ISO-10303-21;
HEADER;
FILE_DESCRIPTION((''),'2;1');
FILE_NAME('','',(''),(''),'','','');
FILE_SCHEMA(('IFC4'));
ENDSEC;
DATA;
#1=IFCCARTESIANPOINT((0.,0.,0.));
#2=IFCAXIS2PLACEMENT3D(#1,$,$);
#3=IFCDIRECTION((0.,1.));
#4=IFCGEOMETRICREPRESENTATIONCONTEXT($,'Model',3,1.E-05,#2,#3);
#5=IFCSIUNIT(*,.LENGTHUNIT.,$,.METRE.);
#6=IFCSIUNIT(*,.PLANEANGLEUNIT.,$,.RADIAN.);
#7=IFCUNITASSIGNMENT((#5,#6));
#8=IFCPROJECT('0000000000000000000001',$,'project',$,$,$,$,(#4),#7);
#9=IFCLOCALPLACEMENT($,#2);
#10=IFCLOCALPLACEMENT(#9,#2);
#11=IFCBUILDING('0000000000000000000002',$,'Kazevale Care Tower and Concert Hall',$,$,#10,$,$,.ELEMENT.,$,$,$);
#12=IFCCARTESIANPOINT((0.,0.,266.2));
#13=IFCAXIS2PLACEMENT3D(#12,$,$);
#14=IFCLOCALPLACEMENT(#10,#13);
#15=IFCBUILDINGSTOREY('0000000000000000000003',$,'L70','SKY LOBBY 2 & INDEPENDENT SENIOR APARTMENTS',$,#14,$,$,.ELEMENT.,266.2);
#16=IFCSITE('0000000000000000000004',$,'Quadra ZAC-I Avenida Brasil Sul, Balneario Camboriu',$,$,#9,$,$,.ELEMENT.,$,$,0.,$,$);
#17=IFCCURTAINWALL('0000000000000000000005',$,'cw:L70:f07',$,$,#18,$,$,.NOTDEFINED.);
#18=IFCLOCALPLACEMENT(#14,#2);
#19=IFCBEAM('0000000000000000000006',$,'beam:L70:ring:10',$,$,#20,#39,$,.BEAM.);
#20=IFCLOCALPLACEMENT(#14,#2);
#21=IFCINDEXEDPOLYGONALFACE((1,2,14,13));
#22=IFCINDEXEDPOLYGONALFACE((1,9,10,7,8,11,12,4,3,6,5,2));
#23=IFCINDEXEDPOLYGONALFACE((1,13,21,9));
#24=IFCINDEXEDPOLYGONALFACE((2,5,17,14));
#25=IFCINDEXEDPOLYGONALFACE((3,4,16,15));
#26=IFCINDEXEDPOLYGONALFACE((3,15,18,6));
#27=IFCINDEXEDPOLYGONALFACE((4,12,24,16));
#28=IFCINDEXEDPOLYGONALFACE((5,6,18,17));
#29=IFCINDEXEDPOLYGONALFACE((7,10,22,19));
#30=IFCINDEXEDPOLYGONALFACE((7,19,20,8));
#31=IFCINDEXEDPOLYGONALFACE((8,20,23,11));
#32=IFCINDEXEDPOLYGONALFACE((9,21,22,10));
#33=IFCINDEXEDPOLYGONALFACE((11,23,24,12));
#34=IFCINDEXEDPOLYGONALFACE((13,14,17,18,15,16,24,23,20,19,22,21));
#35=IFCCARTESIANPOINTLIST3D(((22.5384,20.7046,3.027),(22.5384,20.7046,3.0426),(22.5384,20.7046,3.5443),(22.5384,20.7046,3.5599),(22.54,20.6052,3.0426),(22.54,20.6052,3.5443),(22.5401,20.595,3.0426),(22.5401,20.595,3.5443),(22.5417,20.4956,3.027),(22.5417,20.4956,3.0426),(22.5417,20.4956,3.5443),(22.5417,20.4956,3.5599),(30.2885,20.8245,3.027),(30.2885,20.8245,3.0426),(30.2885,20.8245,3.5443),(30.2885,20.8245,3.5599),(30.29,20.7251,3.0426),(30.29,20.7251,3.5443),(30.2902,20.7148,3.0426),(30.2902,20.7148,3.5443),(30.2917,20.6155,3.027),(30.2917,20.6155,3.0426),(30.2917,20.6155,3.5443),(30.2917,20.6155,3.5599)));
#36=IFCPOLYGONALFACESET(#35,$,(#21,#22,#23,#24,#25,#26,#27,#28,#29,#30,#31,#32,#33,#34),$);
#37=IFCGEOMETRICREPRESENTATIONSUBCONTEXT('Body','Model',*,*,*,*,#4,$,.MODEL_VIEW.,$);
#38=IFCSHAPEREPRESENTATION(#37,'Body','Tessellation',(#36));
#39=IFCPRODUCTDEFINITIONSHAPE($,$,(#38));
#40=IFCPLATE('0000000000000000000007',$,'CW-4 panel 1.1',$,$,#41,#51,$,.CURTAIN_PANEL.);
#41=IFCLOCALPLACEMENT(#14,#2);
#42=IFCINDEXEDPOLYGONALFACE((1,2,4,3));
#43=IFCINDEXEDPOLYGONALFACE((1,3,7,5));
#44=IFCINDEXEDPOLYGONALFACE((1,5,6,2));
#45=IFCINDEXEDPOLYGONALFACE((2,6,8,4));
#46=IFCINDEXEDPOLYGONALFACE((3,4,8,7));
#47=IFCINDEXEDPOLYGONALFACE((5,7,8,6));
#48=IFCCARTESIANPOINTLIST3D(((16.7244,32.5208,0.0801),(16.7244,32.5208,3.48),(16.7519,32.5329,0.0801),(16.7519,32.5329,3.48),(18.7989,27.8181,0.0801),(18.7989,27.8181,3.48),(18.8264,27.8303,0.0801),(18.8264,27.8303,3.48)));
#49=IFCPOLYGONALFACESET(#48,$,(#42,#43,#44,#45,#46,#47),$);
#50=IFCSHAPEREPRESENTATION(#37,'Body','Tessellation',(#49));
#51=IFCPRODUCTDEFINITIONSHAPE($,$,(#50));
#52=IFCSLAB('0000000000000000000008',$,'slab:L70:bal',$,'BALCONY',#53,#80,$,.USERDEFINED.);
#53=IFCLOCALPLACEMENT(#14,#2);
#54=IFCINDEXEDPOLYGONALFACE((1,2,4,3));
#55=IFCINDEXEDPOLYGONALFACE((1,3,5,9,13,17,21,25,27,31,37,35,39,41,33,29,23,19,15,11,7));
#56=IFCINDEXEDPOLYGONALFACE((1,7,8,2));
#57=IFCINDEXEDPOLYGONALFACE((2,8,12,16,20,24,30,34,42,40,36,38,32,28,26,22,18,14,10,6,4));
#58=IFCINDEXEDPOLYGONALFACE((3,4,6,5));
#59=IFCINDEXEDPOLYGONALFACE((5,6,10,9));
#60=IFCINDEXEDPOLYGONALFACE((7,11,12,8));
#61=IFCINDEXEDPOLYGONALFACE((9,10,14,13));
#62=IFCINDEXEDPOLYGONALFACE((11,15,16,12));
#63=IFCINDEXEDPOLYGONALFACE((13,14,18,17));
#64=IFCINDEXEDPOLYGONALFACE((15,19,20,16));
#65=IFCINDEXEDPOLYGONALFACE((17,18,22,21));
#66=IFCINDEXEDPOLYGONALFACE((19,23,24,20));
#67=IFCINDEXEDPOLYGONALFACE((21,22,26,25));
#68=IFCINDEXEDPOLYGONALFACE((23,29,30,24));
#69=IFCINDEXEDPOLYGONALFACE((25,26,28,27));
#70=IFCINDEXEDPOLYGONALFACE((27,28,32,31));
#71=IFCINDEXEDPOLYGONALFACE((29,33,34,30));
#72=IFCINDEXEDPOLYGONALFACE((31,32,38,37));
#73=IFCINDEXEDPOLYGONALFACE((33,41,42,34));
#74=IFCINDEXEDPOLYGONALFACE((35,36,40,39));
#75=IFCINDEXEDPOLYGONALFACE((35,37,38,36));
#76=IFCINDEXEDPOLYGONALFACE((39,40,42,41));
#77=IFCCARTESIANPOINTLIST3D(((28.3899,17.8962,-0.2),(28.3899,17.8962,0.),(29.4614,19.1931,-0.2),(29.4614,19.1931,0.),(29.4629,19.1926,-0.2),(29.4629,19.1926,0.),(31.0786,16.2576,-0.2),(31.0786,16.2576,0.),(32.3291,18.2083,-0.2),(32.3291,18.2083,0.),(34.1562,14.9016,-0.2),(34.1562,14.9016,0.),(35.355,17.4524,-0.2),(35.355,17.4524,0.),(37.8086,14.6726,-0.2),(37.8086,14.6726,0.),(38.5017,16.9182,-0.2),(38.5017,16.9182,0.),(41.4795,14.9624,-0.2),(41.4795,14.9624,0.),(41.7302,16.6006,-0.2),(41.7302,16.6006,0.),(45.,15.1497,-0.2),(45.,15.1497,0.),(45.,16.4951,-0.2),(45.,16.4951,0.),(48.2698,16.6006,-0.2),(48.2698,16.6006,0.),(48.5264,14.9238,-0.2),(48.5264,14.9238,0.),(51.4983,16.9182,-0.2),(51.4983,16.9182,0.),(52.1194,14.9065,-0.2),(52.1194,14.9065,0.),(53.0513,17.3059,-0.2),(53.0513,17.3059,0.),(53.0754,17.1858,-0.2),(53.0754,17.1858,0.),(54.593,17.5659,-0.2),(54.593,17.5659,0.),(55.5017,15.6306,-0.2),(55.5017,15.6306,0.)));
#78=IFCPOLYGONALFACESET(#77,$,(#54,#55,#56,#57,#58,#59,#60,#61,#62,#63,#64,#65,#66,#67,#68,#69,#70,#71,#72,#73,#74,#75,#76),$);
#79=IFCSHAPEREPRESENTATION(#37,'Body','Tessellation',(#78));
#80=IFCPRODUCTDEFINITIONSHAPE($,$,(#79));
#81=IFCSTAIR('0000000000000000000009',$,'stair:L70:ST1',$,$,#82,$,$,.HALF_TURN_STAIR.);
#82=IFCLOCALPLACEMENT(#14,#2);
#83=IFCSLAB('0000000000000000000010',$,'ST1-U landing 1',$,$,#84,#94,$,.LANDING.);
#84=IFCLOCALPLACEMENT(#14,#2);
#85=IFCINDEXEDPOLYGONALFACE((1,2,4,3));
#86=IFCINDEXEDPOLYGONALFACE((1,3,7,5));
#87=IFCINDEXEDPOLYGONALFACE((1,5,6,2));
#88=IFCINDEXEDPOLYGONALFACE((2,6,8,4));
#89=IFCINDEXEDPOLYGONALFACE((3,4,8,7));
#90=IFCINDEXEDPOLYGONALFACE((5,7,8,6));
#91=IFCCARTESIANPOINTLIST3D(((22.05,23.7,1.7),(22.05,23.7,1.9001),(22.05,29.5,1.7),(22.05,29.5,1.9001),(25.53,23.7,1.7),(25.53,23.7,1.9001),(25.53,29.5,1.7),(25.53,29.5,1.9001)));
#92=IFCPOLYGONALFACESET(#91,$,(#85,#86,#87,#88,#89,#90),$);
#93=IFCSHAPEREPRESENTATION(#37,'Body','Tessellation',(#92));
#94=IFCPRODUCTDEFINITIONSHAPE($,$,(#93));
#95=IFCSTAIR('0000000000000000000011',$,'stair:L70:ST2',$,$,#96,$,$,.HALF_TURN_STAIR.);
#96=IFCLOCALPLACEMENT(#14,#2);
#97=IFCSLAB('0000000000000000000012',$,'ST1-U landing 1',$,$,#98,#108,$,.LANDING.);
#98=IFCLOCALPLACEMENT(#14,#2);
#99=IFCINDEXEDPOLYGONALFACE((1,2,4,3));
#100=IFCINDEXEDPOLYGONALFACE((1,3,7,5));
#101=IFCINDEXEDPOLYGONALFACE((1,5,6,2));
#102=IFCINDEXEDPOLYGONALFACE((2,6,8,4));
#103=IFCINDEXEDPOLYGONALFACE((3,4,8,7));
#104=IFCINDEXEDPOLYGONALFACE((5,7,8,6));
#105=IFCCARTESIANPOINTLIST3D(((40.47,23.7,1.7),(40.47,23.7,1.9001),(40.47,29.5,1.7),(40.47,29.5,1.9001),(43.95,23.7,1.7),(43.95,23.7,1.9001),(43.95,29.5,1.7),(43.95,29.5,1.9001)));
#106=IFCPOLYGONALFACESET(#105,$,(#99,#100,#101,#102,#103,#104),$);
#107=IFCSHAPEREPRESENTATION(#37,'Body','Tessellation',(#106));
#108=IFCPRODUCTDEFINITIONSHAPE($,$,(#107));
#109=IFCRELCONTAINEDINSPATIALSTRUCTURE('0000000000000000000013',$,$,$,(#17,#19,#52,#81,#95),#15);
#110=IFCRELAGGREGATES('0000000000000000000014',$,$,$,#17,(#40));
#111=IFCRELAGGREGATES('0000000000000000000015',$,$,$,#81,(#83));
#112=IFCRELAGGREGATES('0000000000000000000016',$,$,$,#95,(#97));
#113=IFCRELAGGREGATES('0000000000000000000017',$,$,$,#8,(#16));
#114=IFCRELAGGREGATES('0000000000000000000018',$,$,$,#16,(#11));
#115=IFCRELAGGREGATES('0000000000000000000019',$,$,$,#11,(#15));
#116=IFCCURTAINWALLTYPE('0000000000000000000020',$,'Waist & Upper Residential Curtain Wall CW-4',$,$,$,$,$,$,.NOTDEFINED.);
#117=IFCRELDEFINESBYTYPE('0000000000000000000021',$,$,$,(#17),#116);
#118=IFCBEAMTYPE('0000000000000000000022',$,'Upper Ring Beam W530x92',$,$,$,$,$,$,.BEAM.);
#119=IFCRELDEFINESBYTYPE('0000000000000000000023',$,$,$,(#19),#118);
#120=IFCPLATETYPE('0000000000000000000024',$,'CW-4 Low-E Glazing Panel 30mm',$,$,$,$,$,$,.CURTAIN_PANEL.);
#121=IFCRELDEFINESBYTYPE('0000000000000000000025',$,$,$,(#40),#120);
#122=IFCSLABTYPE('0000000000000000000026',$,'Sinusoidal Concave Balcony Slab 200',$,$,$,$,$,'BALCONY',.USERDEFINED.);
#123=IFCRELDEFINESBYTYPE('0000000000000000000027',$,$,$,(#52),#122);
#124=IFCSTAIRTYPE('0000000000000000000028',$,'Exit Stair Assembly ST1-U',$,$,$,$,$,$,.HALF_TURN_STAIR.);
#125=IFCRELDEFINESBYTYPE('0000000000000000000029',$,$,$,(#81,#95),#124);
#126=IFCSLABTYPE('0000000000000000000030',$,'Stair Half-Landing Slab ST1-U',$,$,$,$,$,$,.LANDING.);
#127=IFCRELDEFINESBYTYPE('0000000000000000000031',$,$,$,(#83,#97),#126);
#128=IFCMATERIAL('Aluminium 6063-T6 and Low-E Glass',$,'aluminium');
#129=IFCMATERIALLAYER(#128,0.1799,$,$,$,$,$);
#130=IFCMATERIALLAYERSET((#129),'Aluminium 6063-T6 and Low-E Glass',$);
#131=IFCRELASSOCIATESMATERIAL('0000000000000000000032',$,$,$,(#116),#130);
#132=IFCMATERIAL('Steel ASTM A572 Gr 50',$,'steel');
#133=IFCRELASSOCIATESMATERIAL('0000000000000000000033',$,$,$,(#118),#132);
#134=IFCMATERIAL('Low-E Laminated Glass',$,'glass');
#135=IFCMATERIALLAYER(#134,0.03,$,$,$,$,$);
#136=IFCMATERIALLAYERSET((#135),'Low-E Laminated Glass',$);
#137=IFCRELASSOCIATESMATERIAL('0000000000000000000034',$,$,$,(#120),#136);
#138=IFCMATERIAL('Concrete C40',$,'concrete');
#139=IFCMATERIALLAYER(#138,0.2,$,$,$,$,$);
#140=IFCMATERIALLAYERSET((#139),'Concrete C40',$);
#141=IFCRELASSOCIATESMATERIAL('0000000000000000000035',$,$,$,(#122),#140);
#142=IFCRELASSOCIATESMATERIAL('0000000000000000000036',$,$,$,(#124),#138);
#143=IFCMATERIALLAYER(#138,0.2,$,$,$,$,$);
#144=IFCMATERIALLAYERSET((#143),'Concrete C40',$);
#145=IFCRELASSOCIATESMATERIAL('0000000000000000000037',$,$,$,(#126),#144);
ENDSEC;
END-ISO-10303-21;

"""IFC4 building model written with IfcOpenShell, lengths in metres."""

from ifc_helpers import new_model, si_unit, direction, frame, origin, origin_2d, place, context, subcontext, project, spatial, polyline, rectangle, i_section, outline, extrude, material, layer, layer_set, material_profile, profile_set, type_object, element, aggregate, save


model = new_model("IFC4")

# Units and contexts
model_context = context("Model", 3, precision=1e-05, world=origin(), true_north=direction((0.0, 1.0)))
body_context = subcontext(model_context, "Body", "Model", "MODEL_VIEW")
ifc_project = project(units=[si_unit("LENGTHUNIT", "METRE"), si_unit("PLANEANGLEUNIT", "RADIAN")], contexts=[model_context])

# Site, building, storey
site_placement = place(None, origin())
site = spatial("IfcSite", under=ifc_project, at=site_placement, Name="Quadra ZAC-I Avenida Brasil Sul, Balneario Camboriu", CompositionType="ELEMENT", RefElevation=0.0)
building_placement = place(site_placement, origin())
building = spatial("IfcBuilding", under=site, at=building_placement, Name="Kazevale Care Tower and Concert Hall", CompositionType="ELEMENT")
storey_placement = place(building_placement, frame((0.0, 0.0, 266.2)))
storey = spatial("IfcBuildingStorey", under=building, at=storey_placement, Name="L70", Description="SKY LOBBY 2 & INDEPENDENT SENIOR APARTMENTS", CompositionType="ELEMENT", Elevation=266.2)

# Curtain wall
ifc_material_1 = material(Name="Aluminium 6063-T6 and Low-E Glass", Category="aluminium")
ifc_layer_1 = layer(ifc_material_1, 0.1799)
ifc_layer_set_1 = layer_set([ifc_layer_1], Name="Aluminium 6063-T6 and Low-E Glass")
curtain_wall_type = type_object("IfcCurtainWallType", Name="Waist & Upper Residential Curtain Wall CW-4", PredefinedType="NOTDEFINED", material=ifc_layer_set_1)
curtain_wall_placement = place(storey_placement, origin())
curtain_wall = element("IfcCurtainWall", 1, at=curtain_wall_placement, inside=storey, type_object=curtain_wall_type, Name="cw:L70:f07", PredefinedType="NOTDEFINED")

# Beam
ifc_material_2 = material(Name="Steel ASTM A572 Gr 50", Category="steel")
ifc_material_profile_1 = material_profile(ifc_material_2, i_section(OverallWidth=0.209, OverallDepth=0.533, WebThickness=0.0103, FlangeThickness=0.0156, at=origin_2d()), Name="W530x92")
ifc_profile_set_1 = profile_set([ifc_material_profile_1], Name="Steel ASTM A572 Gr 50")
beam_type_1 = type_object("IfcBeamType", Name="Upper Ring Beam W530x92", PredefinedType="BEAM", material=ifc_profile_set_1)
beam_1_placement = place(storey_placement, frame((22.54, 20.6001, 3.2935), z_axis=(0.99988, 0.015466, 0.0), x_axis=(-0.015466, 0.99988, 0.0)))
element("IfcBeam", 2, at=beam_1_placement, inside=storey, type_object=beam_type_1, Name="beam:L70:ring:10", PredefinedType="BEAM", context=body_context, shape_type="SweptSolid", body=[
    extrude(i_section(OverallWidth=0.209, OverallDepth=0.533, WebThickness=0.0103, FlangeThickness=0.0156, at=origin_2d()), origin(), (0.0, 0.0, 1.0), 7.751),
])

# Plate
ifc_material_3 = material(Name="Low-E Laminated Glass", Category="glass")
ifc_layer_2 = layer(ifc_material_3, 0.03)
ifc_layer_set_2 = layer_set([ifc_layer_2], Name="Low-E Laminated Glass")
plate_type = type_object("IfcPlateType", Name="CW-4 Low-E Glazing Panel 30mm", PredefinedType="CURTAIN_PANEL", material=ifc_layer_set_2)
plate_placement = place(storey_placement, frame((17.7754, 30.1755, 0.0801), z_axis=(0.0, 0.0, 1.0), x_axis=(-0.403598, 0.914936, 0.0)))
plate = element("IfcPlate", 3, at=plate_placement, type_object=plate_type, Name="CW-4 panel 1.1", PredefinedType="CURTAIN_PANEL", context=body_context, shape_type="SweptSolid", body=[
    extrude(rectangle(XDim=5.1399, YDim=0.03, at=origin_2d()), origin(), (0.0, 0.0, 1.0), 3.3999),
])
aggregate(curtain_wall, [plate])

# Slab
ifc_material_4 = material(Name="Concrete C40", Category="concrete")
ifc_layer_3 = layer(ifc_material_4, 0.2)
ifc_layer_set_3 = layer_set([ifc_layer_3], Name="Concrete C40")
slab_type_1 = type_object("IfcSlabType", Name="Sinusoidal Concave Balcony Slab 200", ElementType="BALCONY", PredefinedType="USERDEFINED", material=ifc_layer_set_3)
slab_1_placement = place(storey_placement, frame((0.0, 0.0, -0.2)))
element("IfcSlab", 4, at=slab_1_placement, inside=storey, type_object=slab_type_1, Name="slab:L70:bal", ObjectType="BALCONY", PredefinedType="USERDEFINED", context=body_context, shape_type="SweptSolid", body=[
    extrude(outline(polyline([(54.593, 17.5659), (55.5017, 15.6306), (52.1194, 14.9065), (48.5264, 14.9238), (45.0, 15.1497), (41.4795, 14.9624), (37.8086, 14.6726), (34.1562, 14.9016), (31.0786, 16.2576), (28.3899, 17.8962), (29.4614, 19.1931), (29.4629, 19.1926), (32.3291, 18.2083), (35.355, 17.4524), (38.5017, 16.9182), (41.7302, 16.6006), (45.0, 16.4951), (48.2698, 16.6006), (51.4983, 16.9182), (53.0754, 17.1858), (53.0513, 17.3059), (54.593, 17.5659)])), origin(), (0.0, 0.0, 1.0), 0.2),
])

# Stairs, slabs
stair_type = type_object("IfcStairType", Name="Exit Stair Assembly ST1-U", PredefinedType="HALF_TURN_STAIR", material=ifc_material_4)
stair_1_placement = place(storey_placement, origin())
stair_1 = element("IfcStair", 5, at=stair_1_placement, inside=storey, type_object=stair_type, Name="stair:L70:ST1", PredefinedType="HALF_TURN_STAIR")
ifc_layer_4 = layer(ifc_material_4, 0.2)
ifc_layer_set_4 = layer_set([ifc_layer_4], Name="Concrete C40")
slab_type_2 = type_object("IfcSlabType", Name="Stair Half-Landing Slab ST1-U", PredefinedType="LANDING", material=ifc_layer_set_4)
slab_2_placement = place(storey_placement, frame((0.0, 0.0, 1.7)))
slab_2 = element("IfcSlab", 6, at=slab_2_placement, type_object=slab_type_2, Name="ST1-U landing 1", PredefinedType="LANDING", context=body_context, shape_type="SweptSolid", body=[
    extrude(outline(polyline([(22.05, 23.7), (25.53, 23.7), (25.53, 29.5), (22.05, 29.5), (22.05, 23.7)])), origin(), (0.0, 0.0, 1.0), 0.2002),
])
aggregate(stair_1, [slab_2])
stair_2_placement = place(storey_placement, origin())
stair_2 = element("IfcStair", 7, at=stair_2_placement, inside=storey, type_object=stair_type, Name="stair:L70:ST2", PredefinedType="HALF_TURN_STAIR")
slab_3_placement = place(storey_placement, frame((0.0, 0.0, 1.7)))
slab_3 = element("IfcSlab", 8, at=slab_3_placement, type_object=slab_type_2, Name="ST1-U landing 1", PredefinedType="LANDING", context=body_context, shape_type="SweptSolid", body=[
    extrude(outline(polyline([(40.47, 23.7), (43.95, 23.7), (43.95, 29.5), (40.47, 29.5), (40.47, 23.7)])), origin(), (0.0, 0.0, 1.0), 0.2002),
])
aggregate(stair_2, [slab_3])

save(model, "model.ifc")
